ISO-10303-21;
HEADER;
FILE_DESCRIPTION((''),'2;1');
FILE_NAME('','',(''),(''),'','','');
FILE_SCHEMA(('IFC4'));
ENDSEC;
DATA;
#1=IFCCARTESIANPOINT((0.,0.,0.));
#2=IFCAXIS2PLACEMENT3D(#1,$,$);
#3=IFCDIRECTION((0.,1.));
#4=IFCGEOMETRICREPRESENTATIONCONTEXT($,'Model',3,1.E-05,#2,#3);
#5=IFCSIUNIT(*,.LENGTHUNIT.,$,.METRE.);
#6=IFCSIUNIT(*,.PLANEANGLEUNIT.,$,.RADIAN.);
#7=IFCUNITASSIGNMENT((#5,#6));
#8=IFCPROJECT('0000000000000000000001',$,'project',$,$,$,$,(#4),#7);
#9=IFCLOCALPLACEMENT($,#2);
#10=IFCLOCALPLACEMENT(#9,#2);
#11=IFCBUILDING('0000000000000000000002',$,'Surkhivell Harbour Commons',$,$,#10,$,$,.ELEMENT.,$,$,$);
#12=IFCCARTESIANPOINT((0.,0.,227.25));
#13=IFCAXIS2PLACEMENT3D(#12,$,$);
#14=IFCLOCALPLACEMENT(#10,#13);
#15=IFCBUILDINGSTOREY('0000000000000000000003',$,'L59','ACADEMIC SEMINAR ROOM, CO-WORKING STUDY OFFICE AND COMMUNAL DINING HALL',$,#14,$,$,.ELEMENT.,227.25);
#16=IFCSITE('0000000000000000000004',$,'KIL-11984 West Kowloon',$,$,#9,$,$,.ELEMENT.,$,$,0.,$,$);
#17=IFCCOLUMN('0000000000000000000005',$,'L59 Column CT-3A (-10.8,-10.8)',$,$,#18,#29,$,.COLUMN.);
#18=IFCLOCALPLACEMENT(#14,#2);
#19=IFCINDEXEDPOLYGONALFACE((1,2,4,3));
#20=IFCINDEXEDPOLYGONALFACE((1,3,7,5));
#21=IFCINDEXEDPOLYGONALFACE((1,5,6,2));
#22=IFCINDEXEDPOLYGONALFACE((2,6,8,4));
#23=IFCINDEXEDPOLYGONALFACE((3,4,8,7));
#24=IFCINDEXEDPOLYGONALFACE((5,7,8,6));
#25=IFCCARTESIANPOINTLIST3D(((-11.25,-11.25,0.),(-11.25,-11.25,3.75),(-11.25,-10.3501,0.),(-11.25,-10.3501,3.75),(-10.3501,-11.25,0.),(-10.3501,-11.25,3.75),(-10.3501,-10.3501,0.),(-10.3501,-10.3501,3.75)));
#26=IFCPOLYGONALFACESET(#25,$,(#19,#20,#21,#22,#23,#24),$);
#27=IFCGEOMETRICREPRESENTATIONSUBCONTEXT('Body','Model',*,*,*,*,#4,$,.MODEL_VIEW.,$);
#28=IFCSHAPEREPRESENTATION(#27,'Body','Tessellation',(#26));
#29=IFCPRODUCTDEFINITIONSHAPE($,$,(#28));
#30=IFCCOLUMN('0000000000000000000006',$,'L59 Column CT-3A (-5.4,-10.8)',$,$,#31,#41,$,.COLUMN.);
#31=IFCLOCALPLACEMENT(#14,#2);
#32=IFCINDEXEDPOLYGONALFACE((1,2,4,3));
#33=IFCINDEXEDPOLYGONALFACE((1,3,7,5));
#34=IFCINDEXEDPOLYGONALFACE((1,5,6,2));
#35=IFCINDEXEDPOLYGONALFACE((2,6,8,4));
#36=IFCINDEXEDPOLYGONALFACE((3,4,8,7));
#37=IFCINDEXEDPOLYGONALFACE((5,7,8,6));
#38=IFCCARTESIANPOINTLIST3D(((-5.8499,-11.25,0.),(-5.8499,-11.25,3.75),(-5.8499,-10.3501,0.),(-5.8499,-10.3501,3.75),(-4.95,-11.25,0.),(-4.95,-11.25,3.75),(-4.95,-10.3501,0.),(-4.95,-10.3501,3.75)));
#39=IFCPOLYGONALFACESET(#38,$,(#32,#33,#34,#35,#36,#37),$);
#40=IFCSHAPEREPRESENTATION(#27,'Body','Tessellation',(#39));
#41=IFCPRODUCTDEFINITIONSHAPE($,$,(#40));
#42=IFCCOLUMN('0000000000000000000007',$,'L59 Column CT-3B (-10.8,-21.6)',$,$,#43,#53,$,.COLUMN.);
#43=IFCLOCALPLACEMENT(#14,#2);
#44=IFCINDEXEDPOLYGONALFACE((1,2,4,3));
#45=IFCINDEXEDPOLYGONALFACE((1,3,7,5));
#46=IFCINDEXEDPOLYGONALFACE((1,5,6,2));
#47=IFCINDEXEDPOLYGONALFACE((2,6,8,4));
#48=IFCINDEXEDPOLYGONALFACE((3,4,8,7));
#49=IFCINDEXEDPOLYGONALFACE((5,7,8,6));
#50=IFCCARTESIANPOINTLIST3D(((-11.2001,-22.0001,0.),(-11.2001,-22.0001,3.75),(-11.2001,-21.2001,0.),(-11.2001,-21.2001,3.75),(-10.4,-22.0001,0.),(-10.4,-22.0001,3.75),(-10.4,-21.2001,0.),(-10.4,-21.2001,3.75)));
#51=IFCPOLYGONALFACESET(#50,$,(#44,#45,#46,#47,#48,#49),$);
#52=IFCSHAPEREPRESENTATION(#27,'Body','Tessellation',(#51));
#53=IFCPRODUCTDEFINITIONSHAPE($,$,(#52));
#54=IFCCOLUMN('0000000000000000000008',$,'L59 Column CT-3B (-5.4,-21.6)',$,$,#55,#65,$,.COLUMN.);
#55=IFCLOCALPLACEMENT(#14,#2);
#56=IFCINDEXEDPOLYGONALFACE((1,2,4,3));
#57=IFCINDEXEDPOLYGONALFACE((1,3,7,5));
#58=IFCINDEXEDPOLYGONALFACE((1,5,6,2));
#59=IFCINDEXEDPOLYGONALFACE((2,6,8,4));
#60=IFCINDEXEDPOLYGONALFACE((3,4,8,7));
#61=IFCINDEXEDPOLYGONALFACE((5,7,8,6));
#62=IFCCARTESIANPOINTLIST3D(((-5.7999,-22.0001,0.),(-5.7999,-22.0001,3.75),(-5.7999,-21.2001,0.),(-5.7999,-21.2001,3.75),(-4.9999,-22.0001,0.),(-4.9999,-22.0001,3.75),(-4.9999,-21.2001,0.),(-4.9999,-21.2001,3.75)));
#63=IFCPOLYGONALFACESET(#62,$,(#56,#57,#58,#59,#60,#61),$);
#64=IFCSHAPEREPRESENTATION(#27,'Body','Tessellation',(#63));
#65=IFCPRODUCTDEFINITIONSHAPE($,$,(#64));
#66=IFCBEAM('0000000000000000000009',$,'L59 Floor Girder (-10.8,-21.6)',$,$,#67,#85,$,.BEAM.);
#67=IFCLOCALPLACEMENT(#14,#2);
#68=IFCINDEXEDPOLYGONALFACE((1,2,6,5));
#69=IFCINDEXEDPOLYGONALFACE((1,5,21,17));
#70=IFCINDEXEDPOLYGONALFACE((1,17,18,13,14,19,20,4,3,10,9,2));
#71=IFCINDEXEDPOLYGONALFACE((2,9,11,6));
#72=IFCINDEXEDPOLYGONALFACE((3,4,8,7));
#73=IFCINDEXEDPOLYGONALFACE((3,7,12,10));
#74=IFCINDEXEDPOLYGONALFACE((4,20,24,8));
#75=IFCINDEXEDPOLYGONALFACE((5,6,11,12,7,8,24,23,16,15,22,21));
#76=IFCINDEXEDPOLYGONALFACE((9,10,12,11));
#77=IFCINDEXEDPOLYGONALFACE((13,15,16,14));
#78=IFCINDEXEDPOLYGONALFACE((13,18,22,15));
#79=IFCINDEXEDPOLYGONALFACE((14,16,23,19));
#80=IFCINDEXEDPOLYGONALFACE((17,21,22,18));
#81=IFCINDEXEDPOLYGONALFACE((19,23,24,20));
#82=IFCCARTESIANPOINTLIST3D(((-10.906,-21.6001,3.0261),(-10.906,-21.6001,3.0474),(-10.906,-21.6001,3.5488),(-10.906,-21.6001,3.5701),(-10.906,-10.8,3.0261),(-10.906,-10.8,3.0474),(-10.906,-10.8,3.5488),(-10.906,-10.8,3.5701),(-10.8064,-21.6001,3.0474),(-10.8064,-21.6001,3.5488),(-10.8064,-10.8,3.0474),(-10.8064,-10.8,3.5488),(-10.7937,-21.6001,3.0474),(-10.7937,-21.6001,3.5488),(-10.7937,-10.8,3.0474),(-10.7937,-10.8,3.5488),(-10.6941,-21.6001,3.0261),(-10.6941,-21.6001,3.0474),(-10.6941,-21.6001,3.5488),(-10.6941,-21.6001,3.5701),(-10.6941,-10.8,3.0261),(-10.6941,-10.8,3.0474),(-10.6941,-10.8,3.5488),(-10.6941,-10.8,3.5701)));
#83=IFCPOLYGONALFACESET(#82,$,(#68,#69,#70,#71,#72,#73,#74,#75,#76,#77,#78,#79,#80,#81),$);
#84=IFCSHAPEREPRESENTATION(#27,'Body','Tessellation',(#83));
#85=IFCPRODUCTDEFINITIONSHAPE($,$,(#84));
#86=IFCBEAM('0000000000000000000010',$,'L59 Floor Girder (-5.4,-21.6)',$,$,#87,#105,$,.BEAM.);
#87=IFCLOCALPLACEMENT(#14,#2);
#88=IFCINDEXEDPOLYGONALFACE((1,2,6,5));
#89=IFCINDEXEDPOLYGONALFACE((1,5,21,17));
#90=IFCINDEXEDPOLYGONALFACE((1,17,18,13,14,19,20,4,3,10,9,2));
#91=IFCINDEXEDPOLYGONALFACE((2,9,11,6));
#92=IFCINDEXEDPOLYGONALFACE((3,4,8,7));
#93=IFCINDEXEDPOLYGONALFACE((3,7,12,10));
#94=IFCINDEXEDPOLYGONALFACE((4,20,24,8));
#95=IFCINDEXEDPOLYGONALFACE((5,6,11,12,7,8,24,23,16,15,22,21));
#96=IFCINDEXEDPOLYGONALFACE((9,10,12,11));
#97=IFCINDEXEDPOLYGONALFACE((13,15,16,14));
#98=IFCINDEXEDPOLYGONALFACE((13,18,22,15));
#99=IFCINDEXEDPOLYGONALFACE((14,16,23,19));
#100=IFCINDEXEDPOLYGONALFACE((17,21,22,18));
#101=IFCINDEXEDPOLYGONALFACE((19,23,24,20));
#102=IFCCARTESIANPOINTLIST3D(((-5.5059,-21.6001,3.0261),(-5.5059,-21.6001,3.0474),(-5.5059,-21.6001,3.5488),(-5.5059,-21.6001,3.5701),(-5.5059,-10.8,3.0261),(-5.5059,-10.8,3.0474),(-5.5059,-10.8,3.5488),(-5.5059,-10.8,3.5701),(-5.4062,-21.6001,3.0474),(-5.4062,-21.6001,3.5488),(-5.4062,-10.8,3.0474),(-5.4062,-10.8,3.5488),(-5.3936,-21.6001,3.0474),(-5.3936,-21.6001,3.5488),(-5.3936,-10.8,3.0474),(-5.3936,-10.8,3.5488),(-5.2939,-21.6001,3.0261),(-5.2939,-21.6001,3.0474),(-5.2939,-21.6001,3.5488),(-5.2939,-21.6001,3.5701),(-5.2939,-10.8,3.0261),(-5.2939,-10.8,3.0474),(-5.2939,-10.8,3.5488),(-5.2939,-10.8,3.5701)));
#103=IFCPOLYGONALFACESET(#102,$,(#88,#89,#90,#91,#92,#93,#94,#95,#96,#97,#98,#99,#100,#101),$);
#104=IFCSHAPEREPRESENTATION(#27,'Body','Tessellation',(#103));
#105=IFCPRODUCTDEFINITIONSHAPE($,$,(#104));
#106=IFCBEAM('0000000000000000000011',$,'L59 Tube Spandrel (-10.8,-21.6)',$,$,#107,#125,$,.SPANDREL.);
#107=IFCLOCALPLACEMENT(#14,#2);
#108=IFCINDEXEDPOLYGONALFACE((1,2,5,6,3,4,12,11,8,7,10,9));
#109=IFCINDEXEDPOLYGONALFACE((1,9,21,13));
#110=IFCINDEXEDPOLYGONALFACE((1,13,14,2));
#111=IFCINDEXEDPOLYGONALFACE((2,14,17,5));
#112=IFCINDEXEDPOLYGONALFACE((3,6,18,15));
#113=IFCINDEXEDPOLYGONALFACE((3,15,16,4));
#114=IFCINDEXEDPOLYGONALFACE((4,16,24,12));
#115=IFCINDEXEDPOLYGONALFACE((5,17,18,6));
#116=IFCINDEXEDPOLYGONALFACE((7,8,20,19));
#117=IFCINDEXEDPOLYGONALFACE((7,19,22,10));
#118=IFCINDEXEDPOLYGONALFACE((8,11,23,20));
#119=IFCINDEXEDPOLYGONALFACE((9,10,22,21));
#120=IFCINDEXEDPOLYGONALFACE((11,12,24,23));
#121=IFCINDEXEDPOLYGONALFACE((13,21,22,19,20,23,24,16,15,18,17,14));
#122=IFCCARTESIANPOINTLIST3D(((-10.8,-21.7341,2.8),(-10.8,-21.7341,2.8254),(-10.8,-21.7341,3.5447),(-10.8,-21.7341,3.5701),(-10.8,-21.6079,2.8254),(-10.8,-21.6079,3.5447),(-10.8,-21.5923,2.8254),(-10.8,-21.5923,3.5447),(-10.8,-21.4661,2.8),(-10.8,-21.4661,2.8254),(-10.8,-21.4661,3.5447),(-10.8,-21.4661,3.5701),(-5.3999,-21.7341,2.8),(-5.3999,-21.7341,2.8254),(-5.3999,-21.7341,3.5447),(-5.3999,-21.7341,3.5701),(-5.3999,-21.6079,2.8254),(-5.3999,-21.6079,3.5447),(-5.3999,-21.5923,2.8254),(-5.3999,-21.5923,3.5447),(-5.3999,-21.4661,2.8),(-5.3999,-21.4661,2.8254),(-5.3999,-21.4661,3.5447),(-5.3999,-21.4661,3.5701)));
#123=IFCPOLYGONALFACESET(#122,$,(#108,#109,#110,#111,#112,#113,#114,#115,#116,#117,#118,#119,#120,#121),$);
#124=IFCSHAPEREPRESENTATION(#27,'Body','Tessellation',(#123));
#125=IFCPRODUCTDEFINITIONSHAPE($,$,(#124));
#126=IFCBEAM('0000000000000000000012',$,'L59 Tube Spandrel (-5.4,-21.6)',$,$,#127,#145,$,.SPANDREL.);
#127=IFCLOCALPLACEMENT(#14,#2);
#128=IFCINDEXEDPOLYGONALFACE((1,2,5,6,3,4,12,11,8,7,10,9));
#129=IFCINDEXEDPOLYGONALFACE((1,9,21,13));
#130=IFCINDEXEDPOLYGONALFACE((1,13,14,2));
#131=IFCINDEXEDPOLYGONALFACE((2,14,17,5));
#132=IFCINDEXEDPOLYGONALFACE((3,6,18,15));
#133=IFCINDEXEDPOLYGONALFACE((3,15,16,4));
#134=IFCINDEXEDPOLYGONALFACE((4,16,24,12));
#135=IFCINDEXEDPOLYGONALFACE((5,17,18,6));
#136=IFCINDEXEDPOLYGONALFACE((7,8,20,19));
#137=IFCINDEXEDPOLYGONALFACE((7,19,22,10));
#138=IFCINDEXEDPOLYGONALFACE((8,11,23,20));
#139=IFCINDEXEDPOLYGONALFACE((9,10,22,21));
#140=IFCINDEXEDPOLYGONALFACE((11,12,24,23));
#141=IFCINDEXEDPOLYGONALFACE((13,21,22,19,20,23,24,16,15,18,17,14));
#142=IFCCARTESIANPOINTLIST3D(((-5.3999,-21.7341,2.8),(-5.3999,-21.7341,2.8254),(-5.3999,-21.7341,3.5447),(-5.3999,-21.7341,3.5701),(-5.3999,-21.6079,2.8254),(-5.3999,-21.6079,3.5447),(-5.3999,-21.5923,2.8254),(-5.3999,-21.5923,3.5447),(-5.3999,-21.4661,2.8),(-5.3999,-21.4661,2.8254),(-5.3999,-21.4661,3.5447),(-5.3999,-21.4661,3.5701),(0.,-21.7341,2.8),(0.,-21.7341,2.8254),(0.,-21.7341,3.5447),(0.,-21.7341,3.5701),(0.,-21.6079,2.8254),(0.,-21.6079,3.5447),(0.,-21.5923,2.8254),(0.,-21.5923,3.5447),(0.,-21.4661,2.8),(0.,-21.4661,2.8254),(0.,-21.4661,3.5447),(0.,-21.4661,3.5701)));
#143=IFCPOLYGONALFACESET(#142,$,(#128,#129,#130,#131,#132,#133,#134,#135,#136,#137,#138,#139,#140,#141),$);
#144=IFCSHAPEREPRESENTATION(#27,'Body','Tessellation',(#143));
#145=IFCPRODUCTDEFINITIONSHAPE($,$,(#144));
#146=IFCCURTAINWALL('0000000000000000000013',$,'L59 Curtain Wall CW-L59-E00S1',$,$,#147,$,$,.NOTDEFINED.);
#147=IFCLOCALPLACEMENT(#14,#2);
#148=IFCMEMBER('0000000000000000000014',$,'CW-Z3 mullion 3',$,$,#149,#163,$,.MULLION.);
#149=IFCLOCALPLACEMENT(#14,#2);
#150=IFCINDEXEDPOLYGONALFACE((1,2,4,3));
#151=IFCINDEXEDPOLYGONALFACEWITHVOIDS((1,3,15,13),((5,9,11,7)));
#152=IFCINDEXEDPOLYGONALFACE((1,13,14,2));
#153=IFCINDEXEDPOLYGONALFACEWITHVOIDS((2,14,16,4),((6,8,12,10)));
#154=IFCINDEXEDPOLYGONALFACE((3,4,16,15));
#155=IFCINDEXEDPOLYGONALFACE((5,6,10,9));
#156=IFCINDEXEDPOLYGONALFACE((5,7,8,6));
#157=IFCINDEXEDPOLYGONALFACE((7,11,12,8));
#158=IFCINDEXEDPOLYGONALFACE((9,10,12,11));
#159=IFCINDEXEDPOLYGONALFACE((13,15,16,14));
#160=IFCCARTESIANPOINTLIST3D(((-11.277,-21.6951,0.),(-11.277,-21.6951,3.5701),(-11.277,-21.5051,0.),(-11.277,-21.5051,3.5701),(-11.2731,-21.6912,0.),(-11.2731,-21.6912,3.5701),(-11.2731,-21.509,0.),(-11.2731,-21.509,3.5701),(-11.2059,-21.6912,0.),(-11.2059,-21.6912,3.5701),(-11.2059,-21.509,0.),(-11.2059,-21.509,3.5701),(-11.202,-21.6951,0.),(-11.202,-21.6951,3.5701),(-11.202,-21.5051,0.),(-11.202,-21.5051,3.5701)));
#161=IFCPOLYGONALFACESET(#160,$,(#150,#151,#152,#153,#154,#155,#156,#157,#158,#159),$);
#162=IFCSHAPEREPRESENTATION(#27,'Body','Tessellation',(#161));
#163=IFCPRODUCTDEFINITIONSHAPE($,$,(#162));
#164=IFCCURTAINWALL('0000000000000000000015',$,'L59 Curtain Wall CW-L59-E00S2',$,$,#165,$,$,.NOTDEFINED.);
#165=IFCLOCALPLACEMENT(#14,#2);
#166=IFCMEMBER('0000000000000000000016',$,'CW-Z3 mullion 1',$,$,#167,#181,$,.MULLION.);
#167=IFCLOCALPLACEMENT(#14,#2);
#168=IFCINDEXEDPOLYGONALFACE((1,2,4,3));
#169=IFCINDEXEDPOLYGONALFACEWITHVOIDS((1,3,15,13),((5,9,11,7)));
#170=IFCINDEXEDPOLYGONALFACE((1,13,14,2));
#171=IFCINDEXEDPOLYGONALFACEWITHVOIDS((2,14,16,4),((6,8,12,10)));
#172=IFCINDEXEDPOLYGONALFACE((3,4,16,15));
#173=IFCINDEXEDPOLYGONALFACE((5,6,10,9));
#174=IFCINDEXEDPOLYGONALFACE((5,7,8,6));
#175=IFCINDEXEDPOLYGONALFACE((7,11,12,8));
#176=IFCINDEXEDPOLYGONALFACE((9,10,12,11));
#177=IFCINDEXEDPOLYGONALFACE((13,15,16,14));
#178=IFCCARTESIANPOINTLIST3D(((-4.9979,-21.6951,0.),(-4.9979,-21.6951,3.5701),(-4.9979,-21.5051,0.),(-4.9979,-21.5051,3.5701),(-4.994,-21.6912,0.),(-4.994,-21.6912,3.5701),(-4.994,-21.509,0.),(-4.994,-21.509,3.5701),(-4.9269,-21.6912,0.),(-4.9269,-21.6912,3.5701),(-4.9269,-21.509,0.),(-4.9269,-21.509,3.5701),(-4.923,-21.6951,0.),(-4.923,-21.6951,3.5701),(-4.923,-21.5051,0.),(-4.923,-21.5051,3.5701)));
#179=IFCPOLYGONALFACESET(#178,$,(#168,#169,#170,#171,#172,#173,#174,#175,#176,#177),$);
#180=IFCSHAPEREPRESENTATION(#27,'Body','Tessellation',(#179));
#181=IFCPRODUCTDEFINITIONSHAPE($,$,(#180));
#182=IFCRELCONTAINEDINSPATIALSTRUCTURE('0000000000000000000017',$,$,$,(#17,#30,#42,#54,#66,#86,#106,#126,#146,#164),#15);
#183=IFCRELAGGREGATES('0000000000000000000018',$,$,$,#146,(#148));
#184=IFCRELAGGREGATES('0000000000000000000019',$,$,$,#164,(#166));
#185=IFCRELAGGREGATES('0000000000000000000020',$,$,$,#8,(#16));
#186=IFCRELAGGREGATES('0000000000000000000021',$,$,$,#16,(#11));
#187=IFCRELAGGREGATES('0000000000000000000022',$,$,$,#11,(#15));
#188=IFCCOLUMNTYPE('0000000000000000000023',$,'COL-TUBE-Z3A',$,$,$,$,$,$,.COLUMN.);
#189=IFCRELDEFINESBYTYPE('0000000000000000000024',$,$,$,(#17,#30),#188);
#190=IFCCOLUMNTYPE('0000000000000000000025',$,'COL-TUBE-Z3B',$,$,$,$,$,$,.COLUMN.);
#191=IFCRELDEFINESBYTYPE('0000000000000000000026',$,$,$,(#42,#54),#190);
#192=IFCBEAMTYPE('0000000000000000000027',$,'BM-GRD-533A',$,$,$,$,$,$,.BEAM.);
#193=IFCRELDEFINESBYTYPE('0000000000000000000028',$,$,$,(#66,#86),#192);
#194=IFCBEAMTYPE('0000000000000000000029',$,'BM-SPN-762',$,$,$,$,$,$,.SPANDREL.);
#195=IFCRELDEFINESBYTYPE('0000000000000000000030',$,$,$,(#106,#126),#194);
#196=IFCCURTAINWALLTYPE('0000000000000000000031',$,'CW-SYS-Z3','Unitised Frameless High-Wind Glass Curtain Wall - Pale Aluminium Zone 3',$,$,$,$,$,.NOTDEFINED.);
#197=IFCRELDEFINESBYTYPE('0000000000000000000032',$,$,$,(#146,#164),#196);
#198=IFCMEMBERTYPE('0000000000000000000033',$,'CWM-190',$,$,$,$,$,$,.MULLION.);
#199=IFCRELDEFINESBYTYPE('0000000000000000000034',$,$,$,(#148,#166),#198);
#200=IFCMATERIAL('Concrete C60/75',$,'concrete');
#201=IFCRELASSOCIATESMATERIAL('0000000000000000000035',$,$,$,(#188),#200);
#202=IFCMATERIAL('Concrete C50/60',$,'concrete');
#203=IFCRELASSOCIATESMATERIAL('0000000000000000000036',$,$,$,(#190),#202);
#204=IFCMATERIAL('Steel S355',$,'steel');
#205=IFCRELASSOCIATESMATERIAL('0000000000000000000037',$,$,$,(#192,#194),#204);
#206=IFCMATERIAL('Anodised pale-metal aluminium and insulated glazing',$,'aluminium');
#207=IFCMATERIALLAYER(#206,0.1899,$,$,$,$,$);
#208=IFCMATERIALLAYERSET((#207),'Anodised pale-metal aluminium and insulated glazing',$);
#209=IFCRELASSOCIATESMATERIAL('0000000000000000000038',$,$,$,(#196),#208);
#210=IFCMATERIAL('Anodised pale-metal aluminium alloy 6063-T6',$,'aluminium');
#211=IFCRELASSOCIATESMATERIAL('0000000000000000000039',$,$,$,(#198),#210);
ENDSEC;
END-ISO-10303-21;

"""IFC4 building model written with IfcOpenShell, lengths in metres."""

from ifc_helpers import new_model, si_unit, direction, frame, origin, origin_2d, place, context, subcontext, project, spatial, rectangle, hollow_rectangle, i_section, extrude, material, layer, layer_set, material_profile, profile_set, type_object, element, aggregate, save


model = new_model("IFC4")

# Units and contexts
model_context = context("Model", 3, precision=1e-05, world=origin(), true_north=direction((0.0, 1.0)))
body_context = subcontext(model_context, "Body", "Model", "MODEL_VIEW")
ifc_project = project(units=[si_unit("LENGTHUNIT", "METRE"), si_unit("PLANEANGLEUNIT", "RADIAN")], contexts=[model_context])

# Site, building, storey
site_placement = place(None, origin())
site = spatial("IfcSite", under=ifc_project, at=site_placement, Name="KIL-11984 West Kowloon", CompositionType="ELEMENT", RefElevation=0.0)
building_placement = place(site_placement, origin())
building = spatial("IfcBuilding", under=site, at=building_placement, Name="Surkhivell Harbour Commons", CompositionType="ELEMENT")
storey_placement = place(building_placement, frame((0.0, 0.0, 227.25)))
storey = spatial("IfcBuildingStorey", under=building, at=storey_placement, Name="L59", Description="ACADEMIC SEMINAR ROOM, CO-WORKING STUDY OFFICE AND COMMUNAL DINING HALL", CompositionType="ELEMENT", Elevation=227.25)

# Columns
ifc_material_1 = material(Name="Concrete C60/75", Category="concrete")
ifc_material_profile_1 = material_profile(ifc_material_1, rectangle(XDim=0.8999, YDim=0.8999, at=origin_2d()), Name="RC-COL-900x900")
ifc_profile_set_1 = profile_set([ifc_material_profile_1], Name="Concrete C60/75")
column_type_1 = type_object("IfcColumnType", Name="COL-TUBE-Z3A", PredefinedType="COLUMN", material=ifc_profile_set_1)
for number, where, z_axis, x_axis, name in (
    (1, (-10.8, -10.8, 0.0), (0.0, 0.0, 1.0), (1.0, 0.0, 0.0), "L59 Column CT-3A (-10.8,-10.8)"),
    (2, (-5.3999, -10.8, 0.0), (0.0, 0.0, 1.0), (1.0, 0.0, 0.0), "L59 Column CT-3A (-5.4,-10.8)"),
):
    element("IfcColumn", number, at=place(storey_placement, frame(where, z_axis=z_axis, x_axis=x_axis)), inside=storey, type_object=column_type_1, Name=name, PredefinedType="COLUMN", context=body_context, shape_type="SweptSolid", body=[
        extrude(rectangle(XDim=0.8999, YDim=0.8999, at=origin_2d()), origin(), (0.0, 0.0, 1.0), 3.75),
    ])
ifc_material_2 = material(Name="Concrete C50/60", Category="concrete")
ifc_material_profile_2 = material_profile(ifc_material_2, rectangle(XDim=0.8, YDim=0.8, at=origin_2d()), Name="RC-COL-800x800")
ifc_profile_set_2 = profile_set([ifc_material_profile_2], Name="Concrete C50/60")
column_type_2 = type_object("IfcColumnType", Name="COL-TUBE-Z3B", PredefinedType="COLUMN", material=ifc_profile_set_2)
for number, where, z_axis, x_axis, name in (
    (3, (-10.8, -21.6001, 0.0), (0.0, 0.0, 1.0), (1.0, 0.0, 0.0), "L59 Column CT-3B (-10.8,-21.6)"),
    (4, (-5.3999, -21.6001, 0.0), (0.0, 0.0, 1.0), (1.0, 0.0, 0.0), "L59 Column CT-3B (-5.4,-21.6)"),
):
    element("IfcColumn", number, at=place(storey_placement, frame(where, z_axis=z_axis, x_axis=x_axis)), inside=storey, type_object=column_type_2, Name=name, PredefinedType="COLUMN", context=body_context, shape_type="SweptSolid", body=[
        extrude(rectangle(XDim=0.8, YDim=0.8, at=origin_2d()), origin(), (0.0, 0.0, 1.0), 3.75),
    ])

# Beams
ifc_material_3 = material(Name="Steel S355", Category="steel")
ifc_material_profile_3 = material_profile(ifc_material_3, i_section(OverallWidth=0.2119, OverallDepth=0.5439, WebThickness=0.0127, FlangeThickness=0.0212, at=origin_2d()), Name="UB533x210x122")
ifc_profile_set_3 = profile_set([ifc_material_profile_3], Name="Steel S355")
beam_type_1 = type_object("IfcBeamType", Name="BM-GRD-533A", PredefinedType="BEAM", material=ifc_profile_set_3)
for number, where, z_axis, x_axis, name in (
    (5, (-10.8, -21.6001, 3.2981), (0.0, 1.0, 0.0), (-1.0, 0.0, 0.0), "L59 Floor Girder (-10.8,-21.6)"),
    (6, (-5.3999, -21.6001, 3.2981), (0.0, 1.0, 0.0), (-1.0, 0.0, 0.0), "L59 Floor Girder (-5.4,-21.6)"),
):
    element("IfcBeam", number, at=place(storey_placement, frame(where, z_axis=z_axis, x_axis=x_axis)), inside=storey, type_object=beam_type_1, Name=name, PredefinedType="BEAM", context=body_context, shape_type="SweptSolid", body=[
        extrude(i_section(OverallWidth=0.2119, OverallDepth=0.5439, WebThickness=0.0127, FlangeThickness=0.0212, at=origin_2d()), origin(), (0.0, 0.0, 1.0), 10.8),
    ])
ifc_material_profile_4 = material_profile(ifc_material_3, i_section(OverallWidth=0.2681, OverallDepth=0.77, WebThickness=0.0156, FlangeThickness=0.0254, at=origin_2d()), Name="UB762x267x197")
ifc_profile_set_4 = profile_set([ifc_material_profile_4], Name="Steel S355")
beam_type_2 = type_object("IfcBeamType", Name="BM-SPN-762", PredefinedType="SPANDREL", material=ifc_profile_set_4)
beam_1_placement = place(storey_placement, frame((-10.8, -21.6001, 3.1851), z_axis=(1.0, 0.0, 0.0), x_axis=(0.0, 1.0, 0.0)))
element("IfcBeam", 7, at=beam_1_placement, inside=storey, type_object=beam_type_2, Name="L59 Tube Spandrel (-10.8,-21.6)", PredefinedType="SPANDREL", context=body_context, shape_type="SweptSolid", body=[
    extrude(i_section(OverallWidth=0.2681, OverallDepth=0.77, WebThickness=0.0156, FlangeThickness=0.0254, at=origin_2d()), origin(), (0.0, 0.0, 1.0), 5.4001),
])
beam_2_placement = place(storey_placement, frame((-5.3999, -21.6001, 3.1851), z_axis=(1.0, 0.0, 0.0), x_axis=(0.0, 1.0, 0.0)))
element("IfcBeam", 8, at=beam_2_placement, inside=storey, type_object=beam_type_2, Name="L59 Tube Spandrel (-5.4,-21.6)", PredefinedType="SPANDREL", context=body_context, shape_type="SweptSolid", body=[
    extrude(i_section(OverallWidth=0.2681, OverallDepth=0.77, WebThickness=0.0156, FlangeThickness=0.0254, at=origin_2d()), origin(), (0.0, 0.0, 1.0), 5.3999),
])

# Curtain wall, member
ifc_material_4 = material(Name="Anodised pale-metal aluminium and insulated glazing", Category="aluminium")
ifc_layer_1 = layer(ifc_material_4, 0.1899)
ifc_layer_set_1 = layer_set([ifc_layer_1], Name="Anodised pale-metal aluminium and insulated glazing")
curtain_wall_type = type_object("IfcCurtainWallType", Name="CW-SYS-Z3", Description="Unitised Frameless High-Wind Glass Curtain Wall - Pale Aluminium Zone 3", PredefinedType="NOTDEFINED", material=ifc_layer_set_1)
curtain_wall_1_placement = place(storey_placement, origin())
curtain_wall_1 = element("IfcCurtainWall", 9, at=curtain_wall_1_placement, inside=storey, type_object=curtain_wall_type, Name="L59 Curtain Wall CW-L59-E00S1", PredefinedType="NOTDEFINED")
ifc_material_5 = material(Name="Anodised pale-metal aluminium alloy 6063-T6", Category="aluminium")
ifc_material_profile_5 = material_profile(ifc_material_5, hollow_rectangle(XDim=0.075, YDim=0.1899, WallThickness=0.0039, at=origin_2d()), Name="ALU-MULL-75x190")
ifc_profile_set_5 = profile_set([ifc_material_profile_5], Name="Anodised pale-metal aluminium alloy 6063-T6")
member_type_1 = type_object("IfcMemberType", Name="CWM-190", PredefinedType="MULLION", material=ifc_profile_set_5)
member_1_placement = place(storey_placement, frame((-11.2395, -21.6001, 0.0), z_axis=(0.0, 0.0, 1.0), x_axis=(1.0, 0.0, 0.0)))
member_1 = element("IfcMember", 10, at=member_1_placement, type_object=member_type_1, Name="CW-Z3 mullion 3", PredefinedType="MULLION", context=body_context, shape_type="SweptSolid", body=[
    extrude(hollow_rectangle(XDim=0.075, YDim=0.1899, WallThickness=0.0039, at=origin_2d()), origin(), (0.0, 0.0, 1.0), 3.5701),
])
aggregate(curtain_wall_1, [member_1])

# Curtain wall, member
curtain_wall_2_placement = place(storey_placement, origin())
curtain_wall_2 = element("IfcCurtainWall", 11, at=curtain_wall_2_placement, inside=storey, type_object=curtain_wall_type, Name="L59 Curtain Wall CW-L59-E00S2", PredefinedType="NOTDEFINED")
member_2_placement = place(storey_placement, frame((-4.9604, -21.6001, 0.0), z_axis=(0.0, 0.0, 1.0), x_axis=(1.0, 0.0, 0.0)))
member_2 = element("IfcMember", 12, at=member_2_placement, type_object=member_type_1, Name="CW-Z3 mullion 1", PredefinedType="MULLION", context=body_context, shape_type="SweptSolid", body=[
    extrude(hollow_rectangle(XDim=0.075, YDim=0.1899, WallThickness=0.0039, at=origin_2d()), origin(), (0.0, 0.0, 1.0), 3.5701),
])

aggregate(curtain_wall_2, [member_2])

save(model, "model.ifc")
